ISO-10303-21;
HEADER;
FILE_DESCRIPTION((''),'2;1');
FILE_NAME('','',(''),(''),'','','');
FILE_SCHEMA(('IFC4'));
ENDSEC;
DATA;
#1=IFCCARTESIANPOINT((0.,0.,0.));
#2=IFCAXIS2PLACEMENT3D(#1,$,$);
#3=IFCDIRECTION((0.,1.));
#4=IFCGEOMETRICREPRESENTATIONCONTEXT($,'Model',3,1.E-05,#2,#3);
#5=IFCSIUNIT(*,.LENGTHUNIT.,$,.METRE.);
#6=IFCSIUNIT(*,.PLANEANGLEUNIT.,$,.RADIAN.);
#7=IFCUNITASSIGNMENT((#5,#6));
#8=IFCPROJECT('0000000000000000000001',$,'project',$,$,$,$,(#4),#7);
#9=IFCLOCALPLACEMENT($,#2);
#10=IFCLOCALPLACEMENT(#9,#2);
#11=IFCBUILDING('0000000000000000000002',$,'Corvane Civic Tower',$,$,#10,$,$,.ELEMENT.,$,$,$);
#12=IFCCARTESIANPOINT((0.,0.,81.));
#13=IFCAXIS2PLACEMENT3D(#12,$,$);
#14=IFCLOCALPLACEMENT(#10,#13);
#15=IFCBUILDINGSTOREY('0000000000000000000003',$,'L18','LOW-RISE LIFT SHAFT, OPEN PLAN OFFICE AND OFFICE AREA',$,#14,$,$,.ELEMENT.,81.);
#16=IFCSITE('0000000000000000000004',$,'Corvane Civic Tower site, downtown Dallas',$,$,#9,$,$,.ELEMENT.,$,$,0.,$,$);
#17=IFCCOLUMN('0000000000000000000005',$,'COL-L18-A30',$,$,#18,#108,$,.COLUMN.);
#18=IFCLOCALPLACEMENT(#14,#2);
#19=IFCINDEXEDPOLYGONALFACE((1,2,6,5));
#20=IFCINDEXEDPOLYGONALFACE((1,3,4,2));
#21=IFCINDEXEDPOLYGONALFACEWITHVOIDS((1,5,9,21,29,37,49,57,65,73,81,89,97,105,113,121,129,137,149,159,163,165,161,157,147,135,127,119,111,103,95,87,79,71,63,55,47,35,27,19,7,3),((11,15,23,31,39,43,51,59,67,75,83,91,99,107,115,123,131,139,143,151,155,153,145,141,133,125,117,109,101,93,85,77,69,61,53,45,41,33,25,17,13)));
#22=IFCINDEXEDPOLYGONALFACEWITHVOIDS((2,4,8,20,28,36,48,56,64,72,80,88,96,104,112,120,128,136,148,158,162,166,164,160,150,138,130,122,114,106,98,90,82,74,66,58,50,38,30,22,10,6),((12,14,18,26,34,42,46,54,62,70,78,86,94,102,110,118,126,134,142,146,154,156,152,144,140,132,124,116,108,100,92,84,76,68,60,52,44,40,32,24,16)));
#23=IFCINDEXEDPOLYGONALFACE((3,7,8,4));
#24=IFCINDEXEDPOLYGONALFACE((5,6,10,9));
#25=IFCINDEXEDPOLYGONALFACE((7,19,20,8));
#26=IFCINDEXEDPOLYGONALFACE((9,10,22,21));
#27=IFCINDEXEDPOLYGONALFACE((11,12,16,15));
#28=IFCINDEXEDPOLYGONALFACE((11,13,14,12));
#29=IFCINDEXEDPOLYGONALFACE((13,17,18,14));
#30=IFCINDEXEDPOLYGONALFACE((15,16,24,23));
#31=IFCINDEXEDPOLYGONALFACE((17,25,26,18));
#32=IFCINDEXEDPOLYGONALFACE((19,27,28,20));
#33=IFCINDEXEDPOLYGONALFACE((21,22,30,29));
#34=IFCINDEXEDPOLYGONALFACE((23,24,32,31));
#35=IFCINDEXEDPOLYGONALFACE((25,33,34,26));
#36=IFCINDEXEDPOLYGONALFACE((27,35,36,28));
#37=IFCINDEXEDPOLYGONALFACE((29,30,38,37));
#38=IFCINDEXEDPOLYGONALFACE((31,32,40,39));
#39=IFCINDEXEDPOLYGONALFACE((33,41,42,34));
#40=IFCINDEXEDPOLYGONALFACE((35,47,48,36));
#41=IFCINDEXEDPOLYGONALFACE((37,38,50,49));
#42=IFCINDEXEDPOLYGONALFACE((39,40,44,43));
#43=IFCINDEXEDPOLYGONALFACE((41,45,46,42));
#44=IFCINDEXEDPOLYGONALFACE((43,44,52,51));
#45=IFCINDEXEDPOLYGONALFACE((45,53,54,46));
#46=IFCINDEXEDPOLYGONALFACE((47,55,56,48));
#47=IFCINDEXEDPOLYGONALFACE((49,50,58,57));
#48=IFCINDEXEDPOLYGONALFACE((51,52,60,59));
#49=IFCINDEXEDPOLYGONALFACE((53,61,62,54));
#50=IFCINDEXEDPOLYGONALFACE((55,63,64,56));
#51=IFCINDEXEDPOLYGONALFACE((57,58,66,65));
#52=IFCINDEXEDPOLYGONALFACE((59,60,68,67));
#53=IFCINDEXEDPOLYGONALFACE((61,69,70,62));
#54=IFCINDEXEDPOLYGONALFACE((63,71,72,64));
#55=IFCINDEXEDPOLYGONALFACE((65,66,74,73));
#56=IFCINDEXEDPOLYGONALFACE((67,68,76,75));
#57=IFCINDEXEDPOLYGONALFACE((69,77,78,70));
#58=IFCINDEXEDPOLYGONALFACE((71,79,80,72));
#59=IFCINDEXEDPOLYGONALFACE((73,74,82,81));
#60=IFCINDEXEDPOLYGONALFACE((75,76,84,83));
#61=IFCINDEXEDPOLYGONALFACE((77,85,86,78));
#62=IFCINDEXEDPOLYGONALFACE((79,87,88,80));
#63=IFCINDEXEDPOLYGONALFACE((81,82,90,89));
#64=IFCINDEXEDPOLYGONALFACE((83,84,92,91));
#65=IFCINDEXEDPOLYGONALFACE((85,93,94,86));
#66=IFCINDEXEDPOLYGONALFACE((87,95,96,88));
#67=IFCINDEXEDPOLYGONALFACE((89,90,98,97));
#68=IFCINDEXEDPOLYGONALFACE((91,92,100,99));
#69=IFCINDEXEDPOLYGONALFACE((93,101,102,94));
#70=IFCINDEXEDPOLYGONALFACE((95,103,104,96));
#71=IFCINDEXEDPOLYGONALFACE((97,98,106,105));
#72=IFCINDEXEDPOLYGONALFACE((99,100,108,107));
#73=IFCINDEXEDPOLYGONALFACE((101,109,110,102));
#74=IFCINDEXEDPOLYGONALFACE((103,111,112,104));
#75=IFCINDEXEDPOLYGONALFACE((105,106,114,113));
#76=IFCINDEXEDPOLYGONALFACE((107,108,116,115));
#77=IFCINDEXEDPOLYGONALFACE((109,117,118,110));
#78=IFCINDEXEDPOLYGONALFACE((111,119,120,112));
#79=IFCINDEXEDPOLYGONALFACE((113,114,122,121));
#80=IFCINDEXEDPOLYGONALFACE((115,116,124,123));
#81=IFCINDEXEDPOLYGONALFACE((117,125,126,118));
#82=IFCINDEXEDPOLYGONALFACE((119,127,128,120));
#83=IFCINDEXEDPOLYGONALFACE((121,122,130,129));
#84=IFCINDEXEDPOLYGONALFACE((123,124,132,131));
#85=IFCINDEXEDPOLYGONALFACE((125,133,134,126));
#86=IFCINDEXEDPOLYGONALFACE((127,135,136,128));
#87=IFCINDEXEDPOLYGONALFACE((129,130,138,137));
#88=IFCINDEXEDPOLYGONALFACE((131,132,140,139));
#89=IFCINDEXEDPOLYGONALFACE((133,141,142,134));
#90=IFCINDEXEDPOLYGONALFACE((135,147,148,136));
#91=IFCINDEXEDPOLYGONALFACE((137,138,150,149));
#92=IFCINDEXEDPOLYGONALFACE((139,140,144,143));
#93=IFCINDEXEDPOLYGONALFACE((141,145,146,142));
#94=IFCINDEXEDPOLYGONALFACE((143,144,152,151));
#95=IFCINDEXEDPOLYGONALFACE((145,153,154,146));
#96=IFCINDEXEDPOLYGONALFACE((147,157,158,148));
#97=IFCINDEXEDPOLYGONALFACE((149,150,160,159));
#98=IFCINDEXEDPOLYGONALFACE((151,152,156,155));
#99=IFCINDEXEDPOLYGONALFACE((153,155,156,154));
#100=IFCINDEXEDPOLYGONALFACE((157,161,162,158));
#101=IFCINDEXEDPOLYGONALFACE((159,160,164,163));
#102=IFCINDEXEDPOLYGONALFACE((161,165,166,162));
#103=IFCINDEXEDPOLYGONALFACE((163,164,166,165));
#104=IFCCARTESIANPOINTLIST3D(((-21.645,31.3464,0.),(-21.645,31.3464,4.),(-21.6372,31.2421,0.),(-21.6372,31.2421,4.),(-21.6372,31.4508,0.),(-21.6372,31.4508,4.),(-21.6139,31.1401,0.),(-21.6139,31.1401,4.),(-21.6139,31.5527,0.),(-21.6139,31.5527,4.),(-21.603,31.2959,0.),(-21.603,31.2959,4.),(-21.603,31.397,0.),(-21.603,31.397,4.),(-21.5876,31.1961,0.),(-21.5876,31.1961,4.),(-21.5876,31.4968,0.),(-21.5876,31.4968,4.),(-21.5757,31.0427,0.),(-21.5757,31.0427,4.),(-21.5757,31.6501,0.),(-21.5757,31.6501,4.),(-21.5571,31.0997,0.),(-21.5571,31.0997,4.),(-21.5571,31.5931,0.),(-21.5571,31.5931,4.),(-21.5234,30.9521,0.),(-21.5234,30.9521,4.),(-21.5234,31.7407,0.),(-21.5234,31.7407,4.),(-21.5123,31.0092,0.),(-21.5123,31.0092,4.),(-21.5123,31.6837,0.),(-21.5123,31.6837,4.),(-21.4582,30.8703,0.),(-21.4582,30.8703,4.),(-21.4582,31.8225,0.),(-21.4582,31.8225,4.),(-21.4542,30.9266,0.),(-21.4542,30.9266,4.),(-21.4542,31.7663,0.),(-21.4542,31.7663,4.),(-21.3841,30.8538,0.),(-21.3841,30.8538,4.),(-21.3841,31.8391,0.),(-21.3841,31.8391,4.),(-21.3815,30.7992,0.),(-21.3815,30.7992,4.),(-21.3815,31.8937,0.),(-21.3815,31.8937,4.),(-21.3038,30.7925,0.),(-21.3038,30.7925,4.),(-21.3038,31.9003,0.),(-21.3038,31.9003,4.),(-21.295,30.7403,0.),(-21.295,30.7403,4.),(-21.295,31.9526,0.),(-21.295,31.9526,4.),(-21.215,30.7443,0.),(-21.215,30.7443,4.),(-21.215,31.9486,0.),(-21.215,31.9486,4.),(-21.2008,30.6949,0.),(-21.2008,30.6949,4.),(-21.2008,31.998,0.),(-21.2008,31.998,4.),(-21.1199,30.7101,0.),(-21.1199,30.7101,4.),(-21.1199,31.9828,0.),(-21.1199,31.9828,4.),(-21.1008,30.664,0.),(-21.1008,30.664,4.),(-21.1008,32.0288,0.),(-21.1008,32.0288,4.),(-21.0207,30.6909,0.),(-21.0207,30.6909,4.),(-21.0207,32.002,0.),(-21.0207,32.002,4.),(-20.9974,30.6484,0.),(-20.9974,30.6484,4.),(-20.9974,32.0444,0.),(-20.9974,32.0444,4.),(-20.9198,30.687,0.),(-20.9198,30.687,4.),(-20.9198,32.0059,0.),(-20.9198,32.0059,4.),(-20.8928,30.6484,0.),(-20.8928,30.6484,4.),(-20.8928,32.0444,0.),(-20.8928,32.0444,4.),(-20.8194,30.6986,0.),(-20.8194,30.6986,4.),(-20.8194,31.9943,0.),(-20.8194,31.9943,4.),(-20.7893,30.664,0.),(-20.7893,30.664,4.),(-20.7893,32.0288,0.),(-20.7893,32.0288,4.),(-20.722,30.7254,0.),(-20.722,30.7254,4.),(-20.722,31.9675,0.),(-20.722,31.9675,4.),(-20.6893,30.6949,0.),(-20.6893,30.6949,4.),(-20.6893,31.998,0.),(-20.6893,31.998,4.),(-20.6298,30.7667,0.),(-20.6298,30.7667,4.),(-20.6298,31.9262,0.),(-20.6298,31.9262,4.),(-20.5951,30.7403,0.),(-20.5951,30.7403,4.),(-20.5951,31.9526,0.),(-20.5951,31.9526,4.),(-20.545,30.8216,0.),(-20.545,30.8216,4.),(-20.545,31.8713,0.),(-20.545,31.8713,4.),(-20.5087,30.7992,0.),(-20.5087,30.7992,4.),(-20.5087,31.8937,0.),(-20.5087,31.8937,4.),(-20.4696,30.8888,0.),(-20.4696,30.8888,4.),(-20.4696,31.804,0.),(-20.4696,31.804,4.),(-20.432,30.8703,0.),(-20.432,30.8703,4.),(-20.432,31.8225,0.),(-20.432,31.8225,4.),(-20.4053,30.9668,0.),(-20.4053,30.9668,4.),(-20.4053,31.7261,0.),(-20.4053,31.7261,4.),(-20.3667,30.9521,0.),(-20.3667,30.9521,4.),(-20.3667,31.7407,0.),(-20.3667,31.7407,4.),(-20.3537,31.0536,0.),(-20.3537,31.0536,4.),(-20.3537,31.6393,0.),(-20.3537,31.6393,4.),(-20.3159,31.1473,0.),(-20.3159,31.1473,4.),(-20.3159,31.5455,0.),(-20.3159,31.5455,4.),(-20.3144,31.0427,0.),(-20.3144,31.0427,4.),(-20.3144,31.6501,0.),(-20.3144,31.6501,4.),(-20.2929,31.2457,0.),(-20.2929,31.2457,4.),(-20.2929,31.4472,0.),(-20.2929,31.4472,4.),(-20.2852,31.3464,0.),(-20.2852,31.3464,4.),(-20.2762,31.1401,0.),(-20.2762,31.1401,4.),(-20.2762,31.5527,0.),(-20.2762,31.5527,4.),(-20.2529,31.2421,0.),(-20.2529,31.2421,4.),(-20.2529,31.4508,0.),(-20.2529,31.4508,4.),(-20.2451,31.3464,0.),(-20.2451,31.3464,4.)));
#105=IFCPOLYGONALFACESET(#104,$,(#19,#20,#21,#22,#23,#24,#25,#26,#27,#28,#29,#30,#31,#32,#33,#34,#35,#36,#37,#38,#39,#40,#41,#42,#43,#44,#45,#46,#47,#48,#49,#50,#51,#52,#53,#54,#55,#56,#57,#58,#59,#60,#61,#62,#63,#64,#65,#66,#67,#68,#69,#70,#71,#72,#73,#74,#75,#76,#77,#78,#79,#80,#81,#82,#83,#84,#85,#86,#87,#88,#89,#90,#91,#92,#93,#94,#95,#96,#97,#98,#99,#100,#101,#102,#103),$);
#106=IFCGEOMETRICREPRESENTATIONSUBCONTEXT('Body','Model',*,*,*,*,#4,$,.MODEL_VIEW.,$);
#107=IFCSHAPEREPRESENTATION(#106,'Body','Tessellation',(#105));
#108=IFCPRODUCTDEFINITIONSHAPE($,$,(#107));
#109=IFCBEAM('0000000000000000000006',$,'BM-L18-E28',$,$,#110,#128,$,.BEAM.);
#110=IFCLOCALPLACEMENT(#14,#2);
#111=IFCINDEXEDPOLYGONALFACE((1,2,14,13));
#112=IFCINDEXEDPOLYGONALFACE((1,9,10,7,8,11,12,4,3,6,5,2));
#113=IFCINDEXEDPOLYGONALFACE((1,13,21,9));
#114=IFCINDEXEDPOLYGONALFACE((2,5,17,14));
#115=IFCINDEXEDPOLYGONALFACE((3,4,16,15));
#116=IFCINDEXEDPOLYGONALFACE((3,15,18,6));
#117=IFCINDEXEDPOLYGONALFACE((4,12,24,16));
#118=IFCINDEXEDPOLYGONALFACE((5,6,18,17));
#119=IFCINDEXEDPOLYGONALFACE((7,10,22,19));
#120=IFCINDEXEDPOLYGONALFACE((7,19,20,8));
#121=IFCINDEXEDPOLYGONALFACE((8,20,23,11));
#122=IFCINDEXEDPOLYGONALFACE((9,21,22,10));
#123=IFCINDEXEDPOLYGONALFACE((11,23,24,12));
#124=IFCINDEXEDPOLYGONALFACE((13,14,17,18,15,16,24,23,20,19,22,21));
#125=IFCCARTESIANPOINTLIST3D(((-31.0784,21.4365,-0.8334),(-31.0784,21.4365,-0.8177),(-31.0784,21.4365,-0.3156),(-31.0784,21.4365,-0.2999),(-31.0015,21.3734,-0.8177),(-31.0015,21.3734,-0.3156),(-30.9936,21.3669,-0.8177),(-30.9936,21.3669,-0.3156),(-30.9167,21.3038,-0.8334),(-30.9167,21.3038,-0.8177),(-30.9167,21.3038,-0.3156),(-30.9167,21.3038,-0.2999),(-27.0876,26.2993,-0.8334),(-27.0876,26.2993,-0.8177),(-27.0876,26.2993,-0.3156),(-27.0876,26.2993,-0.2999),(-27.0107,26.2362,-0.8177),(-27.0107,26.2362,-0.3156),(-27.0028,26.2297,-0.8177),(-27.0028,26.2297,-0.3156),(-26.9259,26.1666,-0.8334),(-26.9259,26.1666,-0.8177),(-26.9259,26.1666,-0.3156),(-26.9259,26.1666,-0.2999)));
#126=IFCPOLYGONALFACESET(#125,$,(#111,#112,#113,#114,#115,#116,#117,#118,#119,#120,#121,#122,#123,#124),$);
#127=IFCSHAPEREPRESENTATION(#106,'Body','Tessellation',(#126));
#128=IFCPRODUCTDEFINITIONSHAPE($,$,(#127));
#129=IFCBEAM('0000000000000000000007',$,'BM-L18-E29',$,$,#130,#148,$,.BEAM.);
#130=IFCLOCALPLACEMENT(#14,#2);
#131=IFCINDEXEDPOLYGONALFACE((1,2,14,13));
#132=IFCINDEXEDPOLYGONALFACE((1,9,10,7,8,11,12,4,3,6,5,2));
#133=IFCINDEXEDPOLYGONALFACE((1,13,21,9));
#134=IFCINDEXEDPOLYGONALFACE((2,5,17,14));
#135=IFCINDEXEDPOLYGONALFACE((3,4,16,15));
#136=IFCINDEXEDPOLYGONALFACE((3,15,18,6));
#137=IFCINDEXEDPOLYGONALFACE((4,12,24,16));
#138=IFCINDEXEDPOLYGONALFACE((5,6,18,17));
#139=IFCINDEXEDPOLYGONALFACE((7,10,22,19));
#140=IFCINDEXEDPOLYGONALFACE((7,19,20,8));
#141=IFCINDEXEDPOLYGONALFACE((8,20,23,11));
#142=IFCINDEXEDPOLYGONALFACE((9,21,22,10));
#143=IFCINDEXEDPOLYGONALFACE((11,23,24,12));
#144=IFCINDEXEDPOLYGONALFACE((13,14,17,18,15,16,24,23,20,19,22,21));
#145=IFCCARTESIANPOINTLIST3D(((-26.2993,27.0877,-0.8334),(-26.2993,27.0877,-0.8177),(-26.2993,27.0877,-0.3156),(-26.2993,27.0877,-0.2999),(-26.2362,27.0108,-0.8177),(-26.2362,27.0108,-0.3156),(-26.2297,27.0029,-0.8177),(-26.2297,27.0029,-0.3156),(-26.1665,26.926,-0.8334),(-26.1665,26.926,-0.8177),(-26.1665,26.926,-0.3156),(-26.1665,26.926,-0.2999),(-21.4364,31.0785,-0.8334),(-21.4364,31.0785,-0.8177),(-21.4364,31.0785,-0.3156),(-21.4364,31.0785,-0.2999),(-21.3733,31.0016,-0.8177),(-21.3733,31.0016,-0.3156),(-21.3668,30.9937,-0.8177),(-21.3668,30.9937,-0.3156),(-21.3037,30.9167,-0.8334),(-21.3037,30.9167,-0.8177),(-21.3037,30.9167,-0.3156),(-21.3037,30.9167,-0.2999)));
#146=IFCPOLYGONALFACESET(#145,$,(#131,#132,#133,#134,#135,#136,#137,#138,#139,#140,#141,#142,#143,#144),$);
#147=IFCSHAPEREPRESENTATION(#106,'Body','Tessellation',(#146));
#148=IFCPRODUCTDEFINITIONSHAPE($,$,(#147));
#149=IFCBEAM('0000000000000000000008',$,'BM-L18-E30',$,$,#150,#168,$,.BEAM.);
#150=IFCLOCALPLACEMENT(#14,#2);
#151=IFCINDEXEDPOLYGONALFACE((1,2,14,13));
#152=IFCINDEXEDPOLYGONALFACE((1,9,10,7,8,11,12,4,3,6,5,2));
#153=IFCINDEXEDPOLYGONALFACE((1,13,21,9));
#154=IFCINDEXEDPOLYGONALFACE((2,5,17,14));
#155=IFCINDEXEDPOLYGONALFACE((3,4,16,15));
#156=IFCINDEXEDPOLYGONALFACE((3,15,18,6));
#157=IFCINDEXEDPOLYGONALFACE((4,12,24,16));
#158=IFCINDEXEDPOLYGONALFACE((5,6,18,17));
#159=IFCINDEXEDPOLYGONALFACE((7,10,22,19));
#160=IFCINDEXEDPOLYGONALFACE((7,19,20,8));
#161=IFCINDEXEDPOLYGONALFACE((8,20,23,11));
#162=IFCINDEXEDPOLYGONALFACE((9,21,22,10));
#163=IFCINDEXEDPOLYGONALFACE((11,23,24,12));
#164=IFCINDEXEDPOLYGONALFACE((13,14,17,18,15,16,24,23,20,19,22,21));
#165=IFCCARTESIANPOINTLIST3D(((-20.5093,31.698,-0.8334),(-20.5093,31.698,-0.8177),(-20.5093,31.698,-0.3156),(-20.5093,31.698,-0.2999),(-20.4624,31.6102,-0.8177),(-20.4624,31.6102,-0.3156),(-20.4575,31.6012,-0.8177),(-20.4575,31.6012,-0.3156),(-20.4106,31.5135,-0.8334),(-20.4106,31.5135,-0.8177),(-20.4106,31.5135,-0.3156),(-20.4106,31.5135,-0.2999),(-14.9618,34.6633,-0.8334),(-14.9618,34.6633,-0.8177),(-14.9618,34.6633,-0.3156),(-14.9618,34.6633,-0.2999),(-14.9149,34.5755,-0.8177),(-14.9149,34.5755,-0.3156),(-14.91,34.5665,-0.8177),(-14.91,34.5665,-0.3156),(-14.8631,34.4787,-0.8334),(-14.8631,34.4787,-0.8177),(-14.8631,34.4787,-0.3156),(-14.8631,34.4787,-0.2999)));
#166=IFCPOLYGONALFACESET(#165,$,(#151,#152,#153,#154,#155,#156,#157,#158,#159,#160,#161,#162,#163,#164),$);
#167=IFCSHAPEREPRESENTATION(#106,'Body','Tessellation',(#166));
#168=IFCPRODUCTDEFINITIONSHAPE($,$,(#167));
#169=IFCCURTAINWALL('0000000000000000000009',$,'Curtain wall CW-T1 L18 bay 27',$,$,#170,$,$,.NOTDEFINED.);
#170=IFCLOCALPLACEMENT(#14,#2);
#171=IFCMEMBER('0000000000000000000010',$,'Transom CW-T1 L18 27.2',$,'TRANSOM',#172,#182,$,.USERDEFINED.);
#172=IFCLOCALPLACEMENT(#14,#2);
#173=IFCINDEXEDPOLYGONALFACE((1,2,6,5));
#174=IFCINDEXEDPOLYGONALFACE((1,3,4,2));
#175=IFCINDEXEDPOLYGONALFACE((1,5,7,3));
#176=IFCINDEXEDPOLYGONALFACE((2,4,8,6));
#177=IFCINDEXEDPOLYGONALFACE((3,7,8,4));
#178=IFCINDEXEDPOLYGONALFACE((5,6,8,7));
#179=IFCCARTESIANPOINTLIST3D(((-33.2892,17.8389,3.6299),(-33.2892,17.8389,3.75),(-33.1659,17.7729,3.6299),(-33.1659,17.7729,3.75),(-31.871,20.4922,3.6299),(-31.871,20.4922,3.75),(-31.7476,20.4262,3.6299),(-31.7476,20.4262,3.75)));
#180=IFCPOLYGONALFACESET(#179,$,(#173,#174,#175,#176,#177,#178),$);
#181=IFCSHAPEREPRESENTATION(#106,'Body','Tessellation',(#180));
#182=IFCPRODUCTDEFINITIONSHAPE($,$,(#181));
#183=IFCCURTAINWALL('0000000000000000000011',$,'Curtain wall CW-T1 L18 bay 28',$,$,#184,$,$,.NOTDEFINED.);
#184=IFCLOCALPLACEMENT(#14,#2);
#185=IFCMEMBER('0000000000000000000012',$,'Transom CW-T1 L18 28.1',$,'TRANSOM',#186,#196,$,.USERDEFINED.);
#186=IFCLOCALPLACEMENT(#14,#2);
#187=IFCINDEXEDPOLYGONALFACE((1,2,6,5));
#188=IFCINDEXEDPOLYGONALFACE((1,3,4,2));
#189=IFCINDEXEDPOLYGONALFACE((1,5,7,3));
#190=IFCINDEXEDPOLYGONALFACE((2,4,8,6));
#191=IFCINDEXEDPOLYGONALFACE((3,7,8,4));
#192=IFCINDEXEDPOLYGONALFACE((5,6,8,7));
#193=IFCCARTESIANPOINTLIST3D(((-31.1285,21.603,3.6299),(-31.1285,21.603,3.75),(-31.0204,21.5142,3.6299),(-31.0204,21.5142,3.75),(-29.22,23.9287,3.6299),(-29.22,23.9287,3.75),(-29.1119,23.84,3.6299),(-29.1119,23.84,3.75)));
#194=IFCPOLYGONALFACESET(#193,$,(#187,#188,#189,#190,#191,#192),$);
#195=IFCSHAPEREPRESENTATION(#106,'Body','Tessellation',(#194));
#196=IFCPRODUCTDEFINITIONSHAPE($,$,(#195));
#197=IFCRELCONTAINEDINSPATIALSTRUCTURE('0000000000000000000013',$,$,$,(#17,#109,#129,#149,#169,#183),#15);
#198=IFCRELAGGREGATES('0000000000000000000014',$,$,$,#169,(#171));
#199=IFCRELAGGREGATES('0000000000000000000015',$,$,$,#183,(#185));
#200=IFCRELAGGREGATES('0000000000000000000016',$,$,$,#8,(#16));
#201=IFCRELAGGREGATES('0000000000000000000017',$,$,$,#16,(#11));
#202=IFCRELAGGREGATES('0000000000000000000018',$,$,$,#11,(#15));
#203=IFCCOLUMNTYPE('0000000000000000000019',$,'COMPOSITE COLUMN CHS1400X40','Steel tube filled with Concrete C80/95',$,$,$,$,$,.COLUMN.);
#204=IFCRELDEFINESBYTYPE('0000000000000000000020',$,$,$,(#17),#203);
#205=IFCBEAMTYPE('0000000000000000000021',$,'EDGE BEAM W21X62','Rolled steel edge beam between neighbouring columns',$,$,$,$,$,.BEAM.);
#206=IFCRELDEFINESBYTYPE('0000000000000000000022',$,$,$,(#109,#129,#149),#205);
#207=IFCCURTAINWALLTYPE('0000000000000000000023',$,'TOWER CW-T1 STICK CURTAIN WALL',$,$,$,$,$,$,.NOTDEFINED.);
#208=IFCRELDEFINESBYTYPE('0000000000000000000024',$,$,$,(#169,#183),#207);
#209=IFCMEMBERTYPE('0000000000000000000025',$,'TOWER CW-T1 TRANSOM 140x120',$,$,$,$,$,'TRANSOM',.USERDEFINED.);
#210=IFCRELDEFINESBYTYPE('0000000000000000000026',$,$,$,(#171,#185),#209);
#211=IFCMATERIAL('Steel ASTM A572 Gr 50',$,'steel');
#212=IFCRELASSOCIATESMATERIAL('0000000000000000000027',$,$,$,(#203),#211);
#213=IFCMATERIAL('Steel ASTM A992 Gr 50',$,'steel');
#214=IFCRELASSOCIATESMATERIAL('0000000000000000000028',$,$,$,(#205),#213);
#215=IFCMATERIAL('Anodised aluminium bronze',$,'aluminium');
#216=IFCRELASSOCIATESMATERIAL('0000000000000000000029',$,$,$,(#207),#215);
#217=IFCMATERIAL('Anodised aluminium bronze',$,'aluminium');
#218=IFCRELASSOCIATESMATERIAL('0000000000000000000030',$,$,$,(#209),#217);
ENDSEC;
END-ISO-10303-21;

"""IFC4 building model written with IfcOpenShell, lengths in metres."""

from ifc_helpers import new_model, si_unit, direction, frame, origin, origin_2d, place, context, subcontext, project, spatial, rectangle, hollow_circle, i_section, extrude, material, material_profile, profile_set, type_object, element, aggregate, save


model = new_model("IFC4")

# Units and contexts
model_context = context("Model", 3, precision=1e-05, world=origin(), true_north=direction((0.0, 1.0)))
body_context = subcontext(model_context, "Body", "Model", "MODEL_VIEW")
ifc_project = project(units=[si_unit("LENGTHUNIT", "METRE"), si_unit("PLANEANGLEUNIT", "RADIAN")], contexts=[model_context])

# Site, building, storey
site_placement = place(None, origin())
site = spatial("IfcSite", under=ifc_project, at=site_placement, Name="Corvane Civic Tower site, downtown Dallas", CompositionType="ELEMENT", RefElevation=0.0)
building_placement = place(site_placement, origin())
building = spatial("IfcBuilding", under=site, at=building_placement, Name="Corvane Civic Tower", CompositionType="ELEMENT")
storey_placement = place(building_placement, frame((0.0, 0.0, 81.0)))
storey = spatial("IfcBuildingStorey", under=building, at=storey_placement, Name="L18", Description="LOW-RISE LIFT SHAFT, OPEN PLAN OFFICE AND OFFICE AREA", CompositionType="ELEMENT", Elevation=81.0)

# Column
ifc_material_1 = material(Name="Steel ASTM A572 Gr 50", Category="steel")
ifc_material_profile_1 = material_profile(ifc_material_1, hollow_circle(Radius=0.7, WallThickness=0.04, at=origin_2d()), Name="CHS1400X40")
ifc_profile_set_1 = profile_set([ifc_material_profile_1], Name="Steel ASTM A572 Gr 50")
column_type = type_object("IfcColumnType", Name="COMPOSITE COLUMN CHS1400X40", Description="Steel tube filled with Concrete C80/95", PredefinedType="COLUMN", material=ifc_profile_set_1)
for number, where, z_axis, x_axis, name in (
    (1, (-20.9451, 31.3464, 0.0), (0.0, 0.0, 1.0), (1.0, 0.0, 0.0), "COL-L18-A30"),
):
    element("IfcColumn", number, at=place(storey_placement, frame(where, z_axis=z_axis, x_axis=x_axis)), inside=storey, type_object=column_type, Name=name, PredefinedType="COLUMN", context=body_context, shape_type="SweptSolid", body=[
        extrude(hollow_circle(Radius=0.7, WallThickness=0.04, at=origin_2d()), origin(), (0.0, 0.0, 1.0), 4.0),
    ])

# Beams
ifc_material_2 = material(Name="Steel ASTM A992 Gr 50", Category="steel")
ifc_material_profile_2 = material_profile(ifc_material_2, i_section(OverallWidth=0.2092, OverallDepth=0.5334, WebThickness=0.0103, FlangeThickness=0.0156, at=origin_2d()), Name="W21X62")
ifc_profile_set_2 = profile_set([ifc_material_profile_2], Name="Steel ASTM A992 Gr 50")
beam_type = type_object("IfcBeamType", Name="EDGE BEAM W21X62", Description="Rolled steel edge beam between neighbouring columns", PredefinedType="BEAM", material=ifc_profile_set_2)
for number, where, z_axis, x_axis, name in (
    (2, (-30.9976, 21.3701, -0.5667), (0.634387, 0.773016, 0.0), (-0.773016, 0.634387, 0.0), "BM-L18-E28"),
    (3, (-26.2329, 27.0068, -0.5667), (0.773016, 0.634387, 0.0), (-0.634387, 0.773016, 0.0), "BM-L18-E29"),
):
    element("IfcBeam", number, at=place(storey_placement, frame(where, z_axis=z_axis, x_axis=x_axis)), inside=storey, type_object=beam_type, Name=name, PredefinedType="BEAM", context=body_context, shape_type="SweptSolid", body=[
        extrude(i_section(OverallWidth=0.2092, OverallDepth=0.5334, WebThickness=0.0103, FlangeThickness=0.0156, at=origin_2d()), origin(), (0.0, 0.0, 1.0), 6.2908),
    ])
beam_placement = place(storey_placement, frame((-20.46, 31.6057, -0.5667), z_axis=(0.881916, 0.471406, 0.0), x_axis=(-0.471406, 0.881916, 0.0)))
element("IfcBeam", 4, at=beam_placement, inside=storey, type_object=beam_type, Name="BM-L18-E30", PredefinedType="BEAM", context=body_context, shape_type="SweptSolid", body=[
    extrude(i_section(OverallWidth=0.2092, OverallDepth=0.5334, WebThickness=0.0103, FlangeThickness=0.0156, at=origin_2d()), origin(), (0.0, 0.0, 1.0), 6.2903),
])

# Curtain wall, member
ifc_material_3 = material(Name="Anodised aluminium bronze", Category="aluminium")
curtain_wall_type = type_object("IfcCurtainWallType", Name="TOWER CW-T1 STICK CURTAIN WALL", PredefinedType="NOTDEFINED", material=ifc_material_3)
curtain_wall_1_placement = place(storey_placement, origin())
curtain_wall_1 = element("IfcCurtainWall", 5, at=curtain_wall_1_placement, inside=storey, type_object=curtain_wall_type, Name="Curtain wall CW-T1 L18 bay 27", PredefinedType="NOTDEFINED")
ifc_material_4 = material(Name="Anodised aluminium bronze", Category="aluminium")
ifc_material_profile_3 = material_profile(ifc_material_4, rectangle(XDim=0.1399, YDim=0.1201, at=origin_2d()), Name="TOWER CW-T1 TRANSOM 140x120")
ifc_profile_set_3 = profile_set([ifc_material_profile_3], Name="Anodised aluminium bronze")
member_type_1 = type_object("IfcMemberType", Name="TOWER CW-T1 TRANSOM 140x120", ElementType="TRANSOM", PredefinedType="USERDEFINED", material=ifc_profile_set_3)
member_1_placement = place(storey_placement, frame((-33.2275, 17.8059, 3.6899), z_axis=(0.471393, 0.881924, 0.0), x_axis=(-0.881924, 0.471393, 0.0)))
member_1 = element("IfcMember", 6, at=member_1_placement, type_object=member_type_1, Name="Transom CW-T1 L18 27.2", ObjectType="TRANSOM", PredefinedType="USERDEFINED", context=body_context, shape_type="SweptSolid", body=[
    extrude(rectangle(XDim=0.1399, YDim=0.1201, at=origin_2d()), origin(), (0.0, 0.0, 1.0), 3.0085),
])

# Curtain wall, member
curtain_wall_2_placement = place(storey_placement, origin())
curtain_wall_2 = element("IfcCurtainWall", 7, at=curtain_wall_2_placement, inside=storey, type_object=curtain_wall_type, Name="Curtain wall CW-T1 L18 bay 28", PredefinedType="NOTDEFINED")
member_2_placement = place(storey_placement, frame((-31.0745, 21.5586, 3.6899), z_axis=(0.634355, 0.773042, 0.0), x_axis=(-0.773042, 0.634355, 0.0)))
member_2 = element("IfcMember", 8, at=member_2_placement, type_object=member_type_1, Name="Transom CW-T1 L18 28.1", ObjectType="TRANSOM", PredefinedType="USERDEFINED", context=body_context, shape_type="SweptSolid", body=[
    extrude(rectangle(XDim=0.1399, YDim=0.1201, at=origin_2d()), origin(), (0.0, 0.0, 1.0), 3.0085),
])

aggregate(curtain_wall_1, [member_1])
aggregate(curtain_wall_2, [member_2])

save(model, "model.ifc")
